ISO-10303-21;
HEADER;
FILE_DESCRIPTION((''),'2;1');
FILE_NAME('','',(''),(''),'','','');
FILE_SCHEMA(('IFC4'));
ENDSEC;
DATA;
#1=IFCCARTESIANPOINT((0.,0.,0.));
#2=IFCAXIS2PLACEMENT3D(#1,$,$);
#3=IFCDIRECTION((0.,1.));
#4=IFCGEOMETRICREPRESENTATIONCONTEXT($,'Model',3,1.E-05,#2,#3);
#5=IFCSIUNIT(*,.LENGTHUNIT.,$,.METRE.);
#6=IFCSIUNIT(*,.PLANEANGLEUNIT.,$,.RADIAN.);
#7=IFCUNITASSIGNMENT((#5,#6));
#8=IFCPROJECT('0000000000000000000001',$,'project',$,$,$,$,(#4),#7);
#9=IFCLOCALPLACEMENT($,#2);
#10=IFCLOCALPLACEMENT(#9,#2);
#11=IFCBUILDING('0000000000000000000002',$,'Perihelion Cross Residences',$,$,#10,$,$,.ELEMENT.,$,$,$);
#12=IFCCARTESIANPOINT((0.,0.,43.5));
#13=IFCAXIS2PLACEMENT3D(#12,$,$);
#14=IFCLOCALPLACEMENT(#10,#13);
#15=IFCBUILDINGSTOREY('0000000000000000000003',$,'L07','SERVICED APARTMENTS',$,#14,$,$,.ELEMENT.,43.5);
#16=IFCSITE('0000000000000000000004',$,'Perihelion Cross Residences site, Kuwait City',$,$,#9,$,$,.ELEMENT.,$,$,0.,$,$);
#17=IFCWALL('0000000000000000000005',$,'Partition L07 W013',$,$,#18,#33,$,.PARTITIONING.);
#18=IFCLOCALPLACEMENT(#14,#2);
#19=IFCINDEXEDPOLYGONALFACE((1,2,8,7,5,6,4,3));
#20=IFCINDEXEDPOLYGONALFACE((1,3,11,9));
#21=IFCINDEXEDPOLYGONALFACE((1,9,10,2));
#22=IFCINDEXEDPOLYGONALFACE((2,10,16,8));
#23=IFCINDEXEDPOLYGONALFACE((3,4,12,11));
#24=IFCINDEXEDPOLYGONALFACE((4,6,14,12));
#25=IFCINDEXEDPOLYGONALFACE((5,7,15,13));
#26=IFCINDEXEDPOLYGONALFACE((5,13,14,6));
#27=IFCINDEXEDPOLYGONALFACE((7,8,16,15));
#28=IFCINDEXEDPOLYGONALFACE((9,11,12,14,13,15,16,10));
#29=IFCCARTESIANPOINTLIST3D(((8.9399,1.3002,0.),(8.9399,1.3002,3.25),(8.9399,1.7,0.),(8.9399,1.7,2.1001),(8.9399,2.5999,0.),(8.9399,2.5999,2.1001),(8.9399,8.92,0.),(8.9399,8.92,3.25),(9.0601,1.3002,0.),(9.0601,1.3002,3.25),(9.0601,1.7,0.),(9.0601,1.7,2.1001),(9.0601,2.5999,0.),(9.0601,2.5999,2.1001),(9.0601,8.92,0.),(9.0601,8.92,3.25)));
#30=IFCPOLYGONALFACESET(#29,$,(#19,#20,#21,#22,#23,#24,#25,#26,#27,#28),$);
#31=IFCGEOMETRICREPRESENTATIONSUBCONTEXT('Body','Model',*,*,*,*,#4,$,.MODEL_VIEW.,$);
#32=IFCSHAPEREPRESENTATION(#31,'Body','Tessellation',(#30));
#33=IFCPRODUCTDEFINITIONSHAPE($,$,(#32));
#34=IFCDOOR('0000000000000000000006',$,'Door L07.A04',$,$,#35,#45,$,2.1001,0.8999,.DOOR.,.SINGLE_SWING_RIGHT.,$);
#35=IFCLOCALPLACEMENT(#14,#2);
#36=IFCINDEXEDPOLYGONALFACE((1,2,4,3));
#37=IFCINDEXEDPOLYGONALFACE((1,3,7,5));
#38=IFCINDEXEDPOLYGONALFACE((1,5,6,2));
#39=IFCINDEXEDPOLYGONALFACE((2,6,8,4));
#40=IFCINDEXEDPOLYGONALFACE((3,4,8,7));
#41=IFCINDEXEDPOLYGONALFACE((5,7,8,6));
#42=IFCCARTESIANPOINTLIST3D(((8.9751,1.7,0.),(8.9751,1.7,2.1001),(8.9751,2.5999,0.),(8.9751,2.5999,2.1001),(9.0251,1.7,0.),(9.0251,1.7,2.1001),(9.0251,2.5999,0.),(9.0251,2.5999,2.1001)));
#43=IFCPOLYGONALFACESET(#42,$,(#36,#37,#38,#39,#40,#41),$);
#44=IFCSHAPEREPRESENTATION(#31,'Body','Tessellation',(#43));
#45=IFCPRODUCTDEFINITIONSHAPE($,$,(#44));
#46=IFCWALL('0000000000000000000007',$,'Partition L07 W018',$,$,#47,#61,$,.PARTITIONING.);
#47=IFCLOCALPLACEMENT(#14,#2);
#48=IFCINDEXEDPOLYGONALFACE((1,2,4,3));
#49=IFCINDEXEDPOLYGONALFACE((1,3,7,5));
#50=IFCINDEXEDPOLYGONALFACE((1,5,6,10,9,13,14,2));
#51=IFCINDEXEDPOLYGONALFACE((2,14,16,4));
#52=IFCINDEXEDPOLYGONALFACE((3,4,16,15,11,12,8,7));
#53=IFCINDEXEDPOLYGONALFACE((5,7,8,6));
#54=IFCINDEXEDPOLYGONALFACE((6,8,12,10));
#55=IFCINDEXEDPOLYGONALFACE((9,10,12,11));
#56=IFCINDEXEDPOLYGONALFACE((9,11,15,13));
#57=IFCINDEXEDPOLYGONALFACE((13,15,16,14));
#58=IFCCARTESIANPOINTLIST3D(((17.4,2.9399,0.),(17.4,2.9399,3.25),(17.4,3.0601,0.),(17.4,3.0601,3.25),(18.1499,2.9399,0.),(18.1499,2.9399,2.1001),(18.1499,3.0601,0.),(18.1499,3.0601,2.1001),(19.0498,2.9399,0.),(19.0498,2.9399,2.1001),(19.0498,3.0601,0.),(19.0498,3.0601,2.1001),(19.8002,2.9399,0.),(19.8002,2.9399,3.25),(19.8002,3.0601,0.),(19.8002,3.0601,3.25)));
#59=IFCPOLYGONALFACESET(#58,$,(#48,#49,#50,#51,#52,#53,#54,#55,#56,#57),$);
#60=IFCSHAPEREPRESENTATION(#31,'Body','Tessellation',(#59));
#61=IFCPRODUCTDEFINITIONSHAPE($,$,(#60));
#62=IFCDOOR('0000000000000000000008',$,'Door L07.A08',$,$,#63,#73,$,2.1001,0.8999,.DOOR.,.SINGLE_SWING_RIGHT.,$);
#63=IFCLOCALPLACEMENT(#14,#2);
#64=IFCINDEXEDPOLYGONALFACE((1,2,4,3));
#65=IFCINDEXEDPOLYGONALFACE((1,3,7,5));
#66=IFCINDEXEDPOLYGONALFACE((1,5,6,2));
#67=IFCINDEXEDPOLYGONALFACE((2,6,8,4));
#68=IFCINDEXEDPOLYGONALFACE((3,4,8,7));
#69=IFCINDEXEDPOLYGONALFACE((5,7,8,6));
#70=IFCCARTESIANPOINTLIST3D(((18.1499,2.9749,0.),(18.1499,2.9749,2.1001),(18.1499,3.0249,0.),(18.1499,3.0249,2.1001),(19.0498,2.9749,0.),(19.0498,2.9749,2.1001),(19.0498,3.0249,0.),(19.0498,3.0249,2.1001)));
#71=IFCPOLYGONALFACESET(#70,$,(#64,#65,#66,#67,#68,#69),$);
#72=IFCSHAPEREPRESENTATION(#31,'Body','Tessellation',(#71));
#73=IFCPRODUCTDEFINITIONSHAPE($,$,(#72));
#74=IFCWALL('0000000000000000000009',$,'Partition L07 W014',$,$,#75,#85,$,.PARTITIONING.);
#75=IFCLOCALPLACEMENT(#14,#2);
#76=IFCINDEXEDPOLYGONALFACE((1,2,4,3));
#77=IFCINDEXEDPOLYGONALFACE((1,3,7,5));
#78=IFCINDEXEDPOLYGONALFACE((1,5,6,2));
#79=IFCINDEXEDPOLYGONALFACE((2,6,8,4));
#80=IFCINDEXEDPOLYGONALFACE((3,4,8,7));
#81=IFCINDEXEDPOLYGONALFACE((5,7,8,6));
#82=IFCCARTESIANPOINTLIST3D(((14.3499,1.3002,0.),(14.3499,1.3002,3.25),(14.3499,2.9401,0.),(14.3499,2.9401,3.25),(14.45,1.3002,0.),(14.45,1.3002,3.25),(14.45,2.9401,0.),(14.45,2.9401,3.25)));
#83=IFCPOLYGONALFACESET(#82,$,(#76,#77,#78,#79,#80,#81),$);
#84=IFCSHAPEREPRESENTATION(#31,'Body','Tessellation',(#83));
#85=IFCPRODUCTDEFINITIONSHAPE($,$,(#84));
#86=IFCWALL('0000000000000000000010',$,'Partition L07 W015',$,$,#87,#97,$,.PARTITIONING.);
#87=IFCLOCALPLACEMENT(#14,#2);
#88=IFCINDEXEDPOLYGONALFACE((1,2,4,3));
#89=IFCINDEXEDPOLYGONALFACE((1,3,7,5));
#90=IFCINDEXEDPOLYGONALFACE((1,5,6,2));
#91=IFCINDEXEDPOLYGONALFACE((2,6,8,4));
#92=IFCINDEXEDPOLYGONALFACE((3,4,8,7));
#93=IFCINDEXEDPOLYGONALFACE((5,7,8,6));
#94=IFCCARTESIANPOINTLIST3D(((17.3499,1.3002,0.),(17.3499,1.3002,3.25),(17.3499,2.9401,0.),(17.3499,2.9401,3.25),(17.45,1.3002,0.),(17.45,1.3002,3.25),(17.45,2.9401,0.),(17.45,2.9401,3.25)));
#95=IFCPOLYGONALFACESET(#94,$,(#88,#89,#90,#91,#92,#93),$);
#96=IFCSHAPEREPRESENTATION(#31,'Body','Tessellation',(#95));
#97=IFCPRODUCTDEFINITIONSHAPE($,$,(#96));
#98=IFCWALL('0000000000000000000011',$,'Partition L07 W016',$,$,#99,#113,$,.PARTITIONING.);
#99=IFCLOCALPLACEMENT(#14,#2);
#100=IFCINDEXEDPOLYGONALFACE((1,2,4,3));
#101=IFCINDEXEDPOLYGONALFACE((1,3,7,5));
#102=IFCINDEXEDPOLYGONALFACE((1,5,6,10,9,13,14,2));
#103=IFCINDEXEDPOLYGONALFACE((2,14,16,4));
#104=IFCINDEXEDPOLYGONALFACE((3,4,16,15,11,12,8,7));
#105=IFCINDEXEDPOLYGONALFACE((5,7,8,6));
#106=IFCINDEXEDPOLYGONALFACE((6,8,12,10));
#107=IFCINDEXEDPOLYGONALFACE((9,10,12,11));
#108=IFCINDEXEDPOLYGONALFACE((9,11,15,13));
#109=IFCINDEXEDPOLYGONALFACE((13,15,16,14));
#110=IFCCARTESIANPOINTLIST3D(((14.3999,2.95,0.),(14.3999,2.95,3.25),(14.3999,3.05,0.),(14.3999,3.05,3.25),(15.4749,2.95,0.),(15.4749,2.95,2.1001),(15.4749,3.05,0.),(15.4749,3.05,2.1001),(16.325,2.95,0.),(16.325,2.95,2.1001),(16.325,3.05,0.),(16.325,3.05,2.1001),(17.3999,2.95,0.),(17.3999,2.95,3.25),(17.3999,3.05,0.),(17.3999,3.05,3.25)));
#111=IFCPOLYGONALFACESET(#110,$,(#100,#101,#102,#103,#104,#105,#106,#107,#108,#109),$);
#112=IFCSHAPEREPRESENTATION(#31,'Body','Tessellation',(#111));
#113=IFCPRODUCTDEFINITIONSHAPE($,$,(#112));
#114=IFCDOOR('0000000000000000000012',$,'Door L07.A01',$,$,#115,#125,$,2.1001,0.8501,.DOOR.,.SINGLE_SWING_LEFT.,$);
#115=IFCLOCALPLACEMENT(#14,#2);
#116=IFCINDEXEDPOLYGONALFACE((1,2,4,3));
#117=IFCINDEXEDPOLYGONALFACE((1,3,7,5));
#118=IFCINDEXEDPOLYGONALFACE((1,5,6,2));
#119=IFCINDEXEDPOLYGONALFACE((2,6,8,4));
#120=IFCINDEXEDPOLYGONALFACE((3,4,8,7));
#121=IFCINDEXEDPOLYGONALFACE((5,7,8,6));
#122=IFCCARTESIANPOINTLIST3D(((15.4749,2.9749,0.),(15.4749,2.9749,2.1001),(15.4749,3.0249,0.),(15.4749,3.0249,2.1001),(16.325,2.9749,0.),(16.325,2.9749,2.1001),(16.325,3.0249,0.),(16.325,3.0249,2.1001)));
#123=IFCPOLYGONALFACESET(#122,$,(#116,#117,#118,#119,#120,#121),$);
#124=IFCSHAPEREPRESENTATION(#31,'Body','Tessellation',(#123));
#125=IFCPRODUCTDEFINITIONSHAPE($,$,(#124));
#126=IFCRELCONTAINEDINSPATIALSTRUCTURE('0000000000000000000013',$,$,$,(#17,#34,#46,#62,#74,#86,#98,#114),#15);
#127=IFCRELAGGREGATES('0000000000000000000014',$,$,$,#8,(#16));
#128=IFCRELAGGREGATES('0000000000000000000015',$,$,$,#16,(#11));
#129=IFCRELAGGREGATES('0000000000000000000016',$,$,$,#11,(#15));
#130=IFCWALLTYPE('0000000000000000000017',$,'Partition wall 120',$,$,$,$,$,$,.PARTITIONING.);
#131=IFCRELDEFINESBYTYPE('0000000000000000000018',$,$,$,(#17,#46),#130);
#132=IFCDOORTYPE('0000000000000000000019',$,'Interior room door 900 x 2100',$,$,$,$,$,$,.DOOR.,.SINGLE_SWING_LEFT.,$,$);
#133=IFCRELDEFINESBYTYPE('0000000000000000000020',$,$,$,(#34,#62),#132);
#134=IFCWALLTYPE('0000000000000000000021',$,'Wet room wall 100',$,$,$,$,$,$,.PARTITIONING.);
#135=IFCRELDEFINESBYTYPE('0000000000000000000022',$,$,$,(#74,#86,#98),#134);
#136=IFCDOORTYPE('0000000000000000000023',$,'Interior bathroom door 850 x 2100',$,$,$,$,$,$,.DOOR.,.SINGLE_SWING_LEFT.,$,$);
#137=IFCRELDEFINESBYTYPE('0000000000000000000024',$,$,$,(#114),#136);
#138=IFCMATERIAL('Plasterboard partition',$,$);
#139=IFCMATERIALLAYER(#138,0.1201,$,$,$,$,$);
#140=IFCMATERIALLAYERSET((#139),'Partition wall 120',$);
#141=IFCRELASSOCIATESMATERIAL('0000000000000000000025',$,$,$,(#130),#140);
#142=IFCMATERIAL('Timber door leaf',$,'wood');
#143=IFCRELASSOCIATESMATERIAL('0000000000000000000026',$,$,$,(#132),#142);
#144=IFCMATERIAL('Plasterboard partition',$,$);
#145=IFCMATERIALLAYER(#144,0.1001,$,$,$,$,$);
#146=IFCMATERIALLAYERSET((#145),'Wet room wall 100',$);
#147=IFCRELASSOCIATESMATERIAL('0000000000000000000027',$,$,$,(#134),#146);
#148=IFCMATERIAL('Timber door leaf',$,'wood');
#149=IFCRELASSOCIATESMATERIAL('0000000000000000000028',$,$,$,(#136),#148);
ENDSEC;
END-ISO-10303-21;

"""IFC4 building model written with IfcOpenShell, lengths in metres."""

from ifc_helpers import new_model, si_unit, direction, frame, frame_2d, origin, place, context, subcontext, project, spatial, rectangle, extrude, material, layer, layer_set, type_object, element, fill, save


model = new_model("IFC4")

# Units and contexts
model_context = context("Model", 3, precision=1e-05, world=origin(), true_north=direction((0.0, 1.0)))
body_context = subcontext(model_context, "Body", "Model", "MODEL_VIEW")
ifc_project = project(units=[si_unit("LENGTHUNIT", "METRE"), si_unit("PLANEANGLEUNIT", "RADIAN")], contexts=[model_context])

# Site, building, storey
site_placement = place(None, origin())
site = spatial("IfcSite", under=ifc_project, at=site_placement, Name="Perihelion Cross Residences site, Kuwait City", CompositionType="ELEMENT", RefElevation=0.0)
building_placement = place(site_placement, origin())
building = spatial("IfcBuilding", under=site, at=building_placement, Name="Perihelion Cross Residences", CompositionType="ELEMENT")
storey_placement = place(building_placement, frame((0.0, 0.0, 43.5)))
storey = spatial("IfcBuildingStorey", under=building, at=storey_placement, Name="L07", Description="SERVICED APARTMENTS", CompositionType="ELEMENT", Elevation=43.5)

# Walls, openings, doors
ifc_material_1 = material(Name="Plasterboard partition")
ifc_layer_1 = layer(ifc_material_1, 0.1201)
ifc_layer_set_1 = layer_set([ifc_layer_1], Name="Partition wall 120")
wall_type_1 = type_object("IfcWallType", Name="Partition wall 120", PredefinedType="PARTITIONING", material=ifc_layer_set_1)
ifc_material_2 = material(Name="Timber door leaf", Category="wood")
door_type_1 = type_object("IfcDoorType", Name="Interior room door 900 x 2100", OperationType="SINGLE_SWING_LEFT", PredefinedType="DOOR", material=ifc_material_2)
wall_1_placement = place(storey_placement, frame((9.0, 1.3, 0.0), z_axis=(0.0, 0.0, 1.0), x_axis=(0.0, 1.0, 0.0)))
wall_1 = element("IfcWall", 1, at=wall_1_placement, inside=storey, type_object=wall_type_1, Name="Partition L07 W013", PredefinedType="PARTITIONING", context=body_context, shape_type="SweptSolid", body=[
    extrude(rectangle(XDim=7.6199, YDim=0.1201, at=frame_2d((3.8101, 0.0))), origin(), (0.0, 0.0, 1.0), 3.25),
])
opening_1_placement = place(wall_1_placement, frame((0.3999, 0.0, 0.0)))
opening_1 = element("IfcOpeningElement", 2, at=opening_1_placement, cuts=wall_1, PredefinedType="OPENING", context=body_context, shape_type="SweptSolid", body=[
    extrude(rectangle(XDim=0.8999, YDim=2.1001, at=frame_2d((0.45, 1.05))), frame((0.0, 0.0701, 0.0), z_axis=(0.0, -1.0, 0.0), x_axis=(1.0, 0.0, 0.0)), (0.0, 0.0, 1.0), 0.1401),
])
door_1_placement = place(opening_1_placement, origin())
door_1 = element("IfcDoor", 3, at=door_1_placement, inside=storey, type_object=door_type_1, Name="Door L07.A04", OperationType="SINGLE_SWING_RIGHT", OverallHeight=2.1001, OverallWidth=0.8999, PredefinedType="DOOR", context=body_context, shape_type="SweptSolid", body=[
    extrude(rectangle(XDim=0.8999, YDim=2.1001, at=frame_2d((0.45, 1.05))), frame((0.0, 0.0249, 0.0), z_axis=(0.0, -1.0, 0.0), x_axis=(1.0, 0.0, 0.0)), (0.0, 0.0, 1.0), 0.05),
])
fill(opening_1, door_1)
wall_2_placement = place(storey_placement, frame((17.3999, 3.0, 0.0), z_axis=(0.0, 0.0, 1.0), x_axis=(1.0, 0.0, 0.0)))
wall_2 = element("IfcWall", 4, at=wall_2_placement, inside=storey, type_object=wall_type_1, Name="Partition L07 W018", PredefinedType="PARTITIONING", context=body_context, shape_type="SweptSolid", body=[
    extrude(rectangle(XDim=2.4001, YDim=0.1201, at=frame_2d((1.2002, 0.0))), origin(), (0.0, 0.0, 1.0), 3.25),
])
opening_2_placement = place(wall_2_placement, frame((0.75, 0.0, 0.0)))
opening_2 = element("IfcOpeningElement", 5, at=opening_2_placement, cuts=wall_2, PredefinedType="OPENING", context=body_context, shape_type="SweptSolid", body=[
    extrude(rectangle(XDim=0.8999, YDim=2.1001, at=frame_2d((0.45, 1.05))), frame((0.0, 0.0701, 0.0), z_axis=(0.0, -1.0, 0.0), x_axis=(1.0, 0.0, 0.0)), (0.0, 0.0, 1.0), 0.1401),
])
door_2_placement = place(opening_2_placement, origin())
door_2 = element("IfcDoor", 6, at=door_2_placement, inside=storey, type_object=door_type_1, Name="Door L07.A08", OperationType="SINGLE_SWING_RIGHT", OverallHeight=2.1001, OverallWidth=0.8999, PredefinedType="DOOR", context=body_context, shape_type="SweptSolid", body=[
    extrude(rectangle(XDim=0.8999, YDim=2.1001, at=frame_2d((0.45, 1.05))), frame((0.0, 0.0249, 0.0), z_axis=(0.0, -1.0, 0.0), x_axis=(1.0, 0.0, 0.0)), (0.0, 0.0, 1.0), 0.05),
])
fill(opening_2, door_2)

# Walls
ifc_material_3 = material(Name="Plasterboard partition")
ifc_layer_2 = layer(ifc_material_3, 0.1001)
ifc_layer_set_2 = layer_set([ifc_layer_2], Name="Wet room wall 100")
wall_type_2 = type_object("IfcWallType", Name="Wet room wall 100", PredefinedType="PARTITIONING", material=ifc_layer_set_2)
for number, where, z_axis, x_axis, name in (
    (7, (14.3999, 2.9399, 0.0), (0.0, 0.0, 1.0), (0.0, -1.0, 0.0), "Partition L07 W014"),
    (8, (17.3999, 2.9399, 0.0), (0.0, 0.0, 1.0), (0.0, -1.0, 0.0), "Partition L07 W015"),
):
    element("IfcWall", number, at=place(storey_placement, frame(where, z_axis=z_axis, x_axis=x_axis)), inside=storey, type_object=wall_type_2, Name=name, PredefinedType="PARTITIONING", context=body_context, shape_type="SweptSolid", body=[
        extrude(rectangle(XDim=1.6399, YDim=0.1001, at=frame_2d((0.8198, 0.0))), origin(), (0.0, 0.0, 1.0), 3.25),
    ])

# Wall, opening, door
wall_3_placement = place(storey_placement, frame((14.3999, 3.0, 0.0), z_axis=(0.0, 0.0, 1.0), x_axis=(1.0, 0.0, 0.0)))
wall_3 = element("IfcWall", 9, at=wall_3_placement, inside=storey, type_object=wall_type_2, Name="Partition L07 W016", PredefinedType="PARTITIONING", context=body_context, shape_type="SweptSolid", body=[
    extrude(rectangle(XDim=3.0, YDim=0.1001, at=frame_2d((1.5, 0.0))), origin(), (0.0, 0.0, 1.0), 3.25),
])
opening_3_placement = place(wall_3_placement, frame((1.075, 0.0, 0.0)))
opening_3 = element("IfcOpeningElement", 10, at=opening_3_placement, cuts=wall_3, PredefinedType="OPENING", context=body_context, shape_type="SweptSolid", body=[
    extrude(rectangle(XDim=0.8501, YDim=2.1001, at=frame_2d((0.425, 1.05))), frame((0.0, 0.0601, 0.0), z_axis=(0.0, -1.0, 0.0), x_axis=(1.0, 0.0, 0.0)), (0.0, 0.0, 1.0), 0.1201),
])
ifc_material_4 = material(Name="Timber door leaf", Category="wood")
door_type_2 = type_object("IfcDoorType", Name="Interior bathroom door 850 x 2100", OperationType="SINGLE_SWING_LEFT", PredefinedType="DOOR", material=ifc_material_4)
door_3_placement = place(opening_3_placement, origin())
door_3 = element("IfcDoor", 11, at=door_3_placement, inside=storey, type_object=door_type_2, Name="Door L07.A01", OperationType="SINGLE_SWING_LEFT", OverallHeight=2.1001, OverallWidth=0.8501, PredefinedType="DOOR", context=body_context, shape_type="SweptSolid", body=[
    extrude(rectangle(XDim=0.8501, YDim=2.1001, at=frame_2d((0.425, 1.05))), frame((0.0, 0.0249, 0.0), z_axis=(0.0, -1.0, 0.0), x_axis=(1.0, 0.0, 0.0)), (0.0, 0.0, 1.0), 0.05),
])
fill(opening_3, door_3)

save(model, "model.ifc")
